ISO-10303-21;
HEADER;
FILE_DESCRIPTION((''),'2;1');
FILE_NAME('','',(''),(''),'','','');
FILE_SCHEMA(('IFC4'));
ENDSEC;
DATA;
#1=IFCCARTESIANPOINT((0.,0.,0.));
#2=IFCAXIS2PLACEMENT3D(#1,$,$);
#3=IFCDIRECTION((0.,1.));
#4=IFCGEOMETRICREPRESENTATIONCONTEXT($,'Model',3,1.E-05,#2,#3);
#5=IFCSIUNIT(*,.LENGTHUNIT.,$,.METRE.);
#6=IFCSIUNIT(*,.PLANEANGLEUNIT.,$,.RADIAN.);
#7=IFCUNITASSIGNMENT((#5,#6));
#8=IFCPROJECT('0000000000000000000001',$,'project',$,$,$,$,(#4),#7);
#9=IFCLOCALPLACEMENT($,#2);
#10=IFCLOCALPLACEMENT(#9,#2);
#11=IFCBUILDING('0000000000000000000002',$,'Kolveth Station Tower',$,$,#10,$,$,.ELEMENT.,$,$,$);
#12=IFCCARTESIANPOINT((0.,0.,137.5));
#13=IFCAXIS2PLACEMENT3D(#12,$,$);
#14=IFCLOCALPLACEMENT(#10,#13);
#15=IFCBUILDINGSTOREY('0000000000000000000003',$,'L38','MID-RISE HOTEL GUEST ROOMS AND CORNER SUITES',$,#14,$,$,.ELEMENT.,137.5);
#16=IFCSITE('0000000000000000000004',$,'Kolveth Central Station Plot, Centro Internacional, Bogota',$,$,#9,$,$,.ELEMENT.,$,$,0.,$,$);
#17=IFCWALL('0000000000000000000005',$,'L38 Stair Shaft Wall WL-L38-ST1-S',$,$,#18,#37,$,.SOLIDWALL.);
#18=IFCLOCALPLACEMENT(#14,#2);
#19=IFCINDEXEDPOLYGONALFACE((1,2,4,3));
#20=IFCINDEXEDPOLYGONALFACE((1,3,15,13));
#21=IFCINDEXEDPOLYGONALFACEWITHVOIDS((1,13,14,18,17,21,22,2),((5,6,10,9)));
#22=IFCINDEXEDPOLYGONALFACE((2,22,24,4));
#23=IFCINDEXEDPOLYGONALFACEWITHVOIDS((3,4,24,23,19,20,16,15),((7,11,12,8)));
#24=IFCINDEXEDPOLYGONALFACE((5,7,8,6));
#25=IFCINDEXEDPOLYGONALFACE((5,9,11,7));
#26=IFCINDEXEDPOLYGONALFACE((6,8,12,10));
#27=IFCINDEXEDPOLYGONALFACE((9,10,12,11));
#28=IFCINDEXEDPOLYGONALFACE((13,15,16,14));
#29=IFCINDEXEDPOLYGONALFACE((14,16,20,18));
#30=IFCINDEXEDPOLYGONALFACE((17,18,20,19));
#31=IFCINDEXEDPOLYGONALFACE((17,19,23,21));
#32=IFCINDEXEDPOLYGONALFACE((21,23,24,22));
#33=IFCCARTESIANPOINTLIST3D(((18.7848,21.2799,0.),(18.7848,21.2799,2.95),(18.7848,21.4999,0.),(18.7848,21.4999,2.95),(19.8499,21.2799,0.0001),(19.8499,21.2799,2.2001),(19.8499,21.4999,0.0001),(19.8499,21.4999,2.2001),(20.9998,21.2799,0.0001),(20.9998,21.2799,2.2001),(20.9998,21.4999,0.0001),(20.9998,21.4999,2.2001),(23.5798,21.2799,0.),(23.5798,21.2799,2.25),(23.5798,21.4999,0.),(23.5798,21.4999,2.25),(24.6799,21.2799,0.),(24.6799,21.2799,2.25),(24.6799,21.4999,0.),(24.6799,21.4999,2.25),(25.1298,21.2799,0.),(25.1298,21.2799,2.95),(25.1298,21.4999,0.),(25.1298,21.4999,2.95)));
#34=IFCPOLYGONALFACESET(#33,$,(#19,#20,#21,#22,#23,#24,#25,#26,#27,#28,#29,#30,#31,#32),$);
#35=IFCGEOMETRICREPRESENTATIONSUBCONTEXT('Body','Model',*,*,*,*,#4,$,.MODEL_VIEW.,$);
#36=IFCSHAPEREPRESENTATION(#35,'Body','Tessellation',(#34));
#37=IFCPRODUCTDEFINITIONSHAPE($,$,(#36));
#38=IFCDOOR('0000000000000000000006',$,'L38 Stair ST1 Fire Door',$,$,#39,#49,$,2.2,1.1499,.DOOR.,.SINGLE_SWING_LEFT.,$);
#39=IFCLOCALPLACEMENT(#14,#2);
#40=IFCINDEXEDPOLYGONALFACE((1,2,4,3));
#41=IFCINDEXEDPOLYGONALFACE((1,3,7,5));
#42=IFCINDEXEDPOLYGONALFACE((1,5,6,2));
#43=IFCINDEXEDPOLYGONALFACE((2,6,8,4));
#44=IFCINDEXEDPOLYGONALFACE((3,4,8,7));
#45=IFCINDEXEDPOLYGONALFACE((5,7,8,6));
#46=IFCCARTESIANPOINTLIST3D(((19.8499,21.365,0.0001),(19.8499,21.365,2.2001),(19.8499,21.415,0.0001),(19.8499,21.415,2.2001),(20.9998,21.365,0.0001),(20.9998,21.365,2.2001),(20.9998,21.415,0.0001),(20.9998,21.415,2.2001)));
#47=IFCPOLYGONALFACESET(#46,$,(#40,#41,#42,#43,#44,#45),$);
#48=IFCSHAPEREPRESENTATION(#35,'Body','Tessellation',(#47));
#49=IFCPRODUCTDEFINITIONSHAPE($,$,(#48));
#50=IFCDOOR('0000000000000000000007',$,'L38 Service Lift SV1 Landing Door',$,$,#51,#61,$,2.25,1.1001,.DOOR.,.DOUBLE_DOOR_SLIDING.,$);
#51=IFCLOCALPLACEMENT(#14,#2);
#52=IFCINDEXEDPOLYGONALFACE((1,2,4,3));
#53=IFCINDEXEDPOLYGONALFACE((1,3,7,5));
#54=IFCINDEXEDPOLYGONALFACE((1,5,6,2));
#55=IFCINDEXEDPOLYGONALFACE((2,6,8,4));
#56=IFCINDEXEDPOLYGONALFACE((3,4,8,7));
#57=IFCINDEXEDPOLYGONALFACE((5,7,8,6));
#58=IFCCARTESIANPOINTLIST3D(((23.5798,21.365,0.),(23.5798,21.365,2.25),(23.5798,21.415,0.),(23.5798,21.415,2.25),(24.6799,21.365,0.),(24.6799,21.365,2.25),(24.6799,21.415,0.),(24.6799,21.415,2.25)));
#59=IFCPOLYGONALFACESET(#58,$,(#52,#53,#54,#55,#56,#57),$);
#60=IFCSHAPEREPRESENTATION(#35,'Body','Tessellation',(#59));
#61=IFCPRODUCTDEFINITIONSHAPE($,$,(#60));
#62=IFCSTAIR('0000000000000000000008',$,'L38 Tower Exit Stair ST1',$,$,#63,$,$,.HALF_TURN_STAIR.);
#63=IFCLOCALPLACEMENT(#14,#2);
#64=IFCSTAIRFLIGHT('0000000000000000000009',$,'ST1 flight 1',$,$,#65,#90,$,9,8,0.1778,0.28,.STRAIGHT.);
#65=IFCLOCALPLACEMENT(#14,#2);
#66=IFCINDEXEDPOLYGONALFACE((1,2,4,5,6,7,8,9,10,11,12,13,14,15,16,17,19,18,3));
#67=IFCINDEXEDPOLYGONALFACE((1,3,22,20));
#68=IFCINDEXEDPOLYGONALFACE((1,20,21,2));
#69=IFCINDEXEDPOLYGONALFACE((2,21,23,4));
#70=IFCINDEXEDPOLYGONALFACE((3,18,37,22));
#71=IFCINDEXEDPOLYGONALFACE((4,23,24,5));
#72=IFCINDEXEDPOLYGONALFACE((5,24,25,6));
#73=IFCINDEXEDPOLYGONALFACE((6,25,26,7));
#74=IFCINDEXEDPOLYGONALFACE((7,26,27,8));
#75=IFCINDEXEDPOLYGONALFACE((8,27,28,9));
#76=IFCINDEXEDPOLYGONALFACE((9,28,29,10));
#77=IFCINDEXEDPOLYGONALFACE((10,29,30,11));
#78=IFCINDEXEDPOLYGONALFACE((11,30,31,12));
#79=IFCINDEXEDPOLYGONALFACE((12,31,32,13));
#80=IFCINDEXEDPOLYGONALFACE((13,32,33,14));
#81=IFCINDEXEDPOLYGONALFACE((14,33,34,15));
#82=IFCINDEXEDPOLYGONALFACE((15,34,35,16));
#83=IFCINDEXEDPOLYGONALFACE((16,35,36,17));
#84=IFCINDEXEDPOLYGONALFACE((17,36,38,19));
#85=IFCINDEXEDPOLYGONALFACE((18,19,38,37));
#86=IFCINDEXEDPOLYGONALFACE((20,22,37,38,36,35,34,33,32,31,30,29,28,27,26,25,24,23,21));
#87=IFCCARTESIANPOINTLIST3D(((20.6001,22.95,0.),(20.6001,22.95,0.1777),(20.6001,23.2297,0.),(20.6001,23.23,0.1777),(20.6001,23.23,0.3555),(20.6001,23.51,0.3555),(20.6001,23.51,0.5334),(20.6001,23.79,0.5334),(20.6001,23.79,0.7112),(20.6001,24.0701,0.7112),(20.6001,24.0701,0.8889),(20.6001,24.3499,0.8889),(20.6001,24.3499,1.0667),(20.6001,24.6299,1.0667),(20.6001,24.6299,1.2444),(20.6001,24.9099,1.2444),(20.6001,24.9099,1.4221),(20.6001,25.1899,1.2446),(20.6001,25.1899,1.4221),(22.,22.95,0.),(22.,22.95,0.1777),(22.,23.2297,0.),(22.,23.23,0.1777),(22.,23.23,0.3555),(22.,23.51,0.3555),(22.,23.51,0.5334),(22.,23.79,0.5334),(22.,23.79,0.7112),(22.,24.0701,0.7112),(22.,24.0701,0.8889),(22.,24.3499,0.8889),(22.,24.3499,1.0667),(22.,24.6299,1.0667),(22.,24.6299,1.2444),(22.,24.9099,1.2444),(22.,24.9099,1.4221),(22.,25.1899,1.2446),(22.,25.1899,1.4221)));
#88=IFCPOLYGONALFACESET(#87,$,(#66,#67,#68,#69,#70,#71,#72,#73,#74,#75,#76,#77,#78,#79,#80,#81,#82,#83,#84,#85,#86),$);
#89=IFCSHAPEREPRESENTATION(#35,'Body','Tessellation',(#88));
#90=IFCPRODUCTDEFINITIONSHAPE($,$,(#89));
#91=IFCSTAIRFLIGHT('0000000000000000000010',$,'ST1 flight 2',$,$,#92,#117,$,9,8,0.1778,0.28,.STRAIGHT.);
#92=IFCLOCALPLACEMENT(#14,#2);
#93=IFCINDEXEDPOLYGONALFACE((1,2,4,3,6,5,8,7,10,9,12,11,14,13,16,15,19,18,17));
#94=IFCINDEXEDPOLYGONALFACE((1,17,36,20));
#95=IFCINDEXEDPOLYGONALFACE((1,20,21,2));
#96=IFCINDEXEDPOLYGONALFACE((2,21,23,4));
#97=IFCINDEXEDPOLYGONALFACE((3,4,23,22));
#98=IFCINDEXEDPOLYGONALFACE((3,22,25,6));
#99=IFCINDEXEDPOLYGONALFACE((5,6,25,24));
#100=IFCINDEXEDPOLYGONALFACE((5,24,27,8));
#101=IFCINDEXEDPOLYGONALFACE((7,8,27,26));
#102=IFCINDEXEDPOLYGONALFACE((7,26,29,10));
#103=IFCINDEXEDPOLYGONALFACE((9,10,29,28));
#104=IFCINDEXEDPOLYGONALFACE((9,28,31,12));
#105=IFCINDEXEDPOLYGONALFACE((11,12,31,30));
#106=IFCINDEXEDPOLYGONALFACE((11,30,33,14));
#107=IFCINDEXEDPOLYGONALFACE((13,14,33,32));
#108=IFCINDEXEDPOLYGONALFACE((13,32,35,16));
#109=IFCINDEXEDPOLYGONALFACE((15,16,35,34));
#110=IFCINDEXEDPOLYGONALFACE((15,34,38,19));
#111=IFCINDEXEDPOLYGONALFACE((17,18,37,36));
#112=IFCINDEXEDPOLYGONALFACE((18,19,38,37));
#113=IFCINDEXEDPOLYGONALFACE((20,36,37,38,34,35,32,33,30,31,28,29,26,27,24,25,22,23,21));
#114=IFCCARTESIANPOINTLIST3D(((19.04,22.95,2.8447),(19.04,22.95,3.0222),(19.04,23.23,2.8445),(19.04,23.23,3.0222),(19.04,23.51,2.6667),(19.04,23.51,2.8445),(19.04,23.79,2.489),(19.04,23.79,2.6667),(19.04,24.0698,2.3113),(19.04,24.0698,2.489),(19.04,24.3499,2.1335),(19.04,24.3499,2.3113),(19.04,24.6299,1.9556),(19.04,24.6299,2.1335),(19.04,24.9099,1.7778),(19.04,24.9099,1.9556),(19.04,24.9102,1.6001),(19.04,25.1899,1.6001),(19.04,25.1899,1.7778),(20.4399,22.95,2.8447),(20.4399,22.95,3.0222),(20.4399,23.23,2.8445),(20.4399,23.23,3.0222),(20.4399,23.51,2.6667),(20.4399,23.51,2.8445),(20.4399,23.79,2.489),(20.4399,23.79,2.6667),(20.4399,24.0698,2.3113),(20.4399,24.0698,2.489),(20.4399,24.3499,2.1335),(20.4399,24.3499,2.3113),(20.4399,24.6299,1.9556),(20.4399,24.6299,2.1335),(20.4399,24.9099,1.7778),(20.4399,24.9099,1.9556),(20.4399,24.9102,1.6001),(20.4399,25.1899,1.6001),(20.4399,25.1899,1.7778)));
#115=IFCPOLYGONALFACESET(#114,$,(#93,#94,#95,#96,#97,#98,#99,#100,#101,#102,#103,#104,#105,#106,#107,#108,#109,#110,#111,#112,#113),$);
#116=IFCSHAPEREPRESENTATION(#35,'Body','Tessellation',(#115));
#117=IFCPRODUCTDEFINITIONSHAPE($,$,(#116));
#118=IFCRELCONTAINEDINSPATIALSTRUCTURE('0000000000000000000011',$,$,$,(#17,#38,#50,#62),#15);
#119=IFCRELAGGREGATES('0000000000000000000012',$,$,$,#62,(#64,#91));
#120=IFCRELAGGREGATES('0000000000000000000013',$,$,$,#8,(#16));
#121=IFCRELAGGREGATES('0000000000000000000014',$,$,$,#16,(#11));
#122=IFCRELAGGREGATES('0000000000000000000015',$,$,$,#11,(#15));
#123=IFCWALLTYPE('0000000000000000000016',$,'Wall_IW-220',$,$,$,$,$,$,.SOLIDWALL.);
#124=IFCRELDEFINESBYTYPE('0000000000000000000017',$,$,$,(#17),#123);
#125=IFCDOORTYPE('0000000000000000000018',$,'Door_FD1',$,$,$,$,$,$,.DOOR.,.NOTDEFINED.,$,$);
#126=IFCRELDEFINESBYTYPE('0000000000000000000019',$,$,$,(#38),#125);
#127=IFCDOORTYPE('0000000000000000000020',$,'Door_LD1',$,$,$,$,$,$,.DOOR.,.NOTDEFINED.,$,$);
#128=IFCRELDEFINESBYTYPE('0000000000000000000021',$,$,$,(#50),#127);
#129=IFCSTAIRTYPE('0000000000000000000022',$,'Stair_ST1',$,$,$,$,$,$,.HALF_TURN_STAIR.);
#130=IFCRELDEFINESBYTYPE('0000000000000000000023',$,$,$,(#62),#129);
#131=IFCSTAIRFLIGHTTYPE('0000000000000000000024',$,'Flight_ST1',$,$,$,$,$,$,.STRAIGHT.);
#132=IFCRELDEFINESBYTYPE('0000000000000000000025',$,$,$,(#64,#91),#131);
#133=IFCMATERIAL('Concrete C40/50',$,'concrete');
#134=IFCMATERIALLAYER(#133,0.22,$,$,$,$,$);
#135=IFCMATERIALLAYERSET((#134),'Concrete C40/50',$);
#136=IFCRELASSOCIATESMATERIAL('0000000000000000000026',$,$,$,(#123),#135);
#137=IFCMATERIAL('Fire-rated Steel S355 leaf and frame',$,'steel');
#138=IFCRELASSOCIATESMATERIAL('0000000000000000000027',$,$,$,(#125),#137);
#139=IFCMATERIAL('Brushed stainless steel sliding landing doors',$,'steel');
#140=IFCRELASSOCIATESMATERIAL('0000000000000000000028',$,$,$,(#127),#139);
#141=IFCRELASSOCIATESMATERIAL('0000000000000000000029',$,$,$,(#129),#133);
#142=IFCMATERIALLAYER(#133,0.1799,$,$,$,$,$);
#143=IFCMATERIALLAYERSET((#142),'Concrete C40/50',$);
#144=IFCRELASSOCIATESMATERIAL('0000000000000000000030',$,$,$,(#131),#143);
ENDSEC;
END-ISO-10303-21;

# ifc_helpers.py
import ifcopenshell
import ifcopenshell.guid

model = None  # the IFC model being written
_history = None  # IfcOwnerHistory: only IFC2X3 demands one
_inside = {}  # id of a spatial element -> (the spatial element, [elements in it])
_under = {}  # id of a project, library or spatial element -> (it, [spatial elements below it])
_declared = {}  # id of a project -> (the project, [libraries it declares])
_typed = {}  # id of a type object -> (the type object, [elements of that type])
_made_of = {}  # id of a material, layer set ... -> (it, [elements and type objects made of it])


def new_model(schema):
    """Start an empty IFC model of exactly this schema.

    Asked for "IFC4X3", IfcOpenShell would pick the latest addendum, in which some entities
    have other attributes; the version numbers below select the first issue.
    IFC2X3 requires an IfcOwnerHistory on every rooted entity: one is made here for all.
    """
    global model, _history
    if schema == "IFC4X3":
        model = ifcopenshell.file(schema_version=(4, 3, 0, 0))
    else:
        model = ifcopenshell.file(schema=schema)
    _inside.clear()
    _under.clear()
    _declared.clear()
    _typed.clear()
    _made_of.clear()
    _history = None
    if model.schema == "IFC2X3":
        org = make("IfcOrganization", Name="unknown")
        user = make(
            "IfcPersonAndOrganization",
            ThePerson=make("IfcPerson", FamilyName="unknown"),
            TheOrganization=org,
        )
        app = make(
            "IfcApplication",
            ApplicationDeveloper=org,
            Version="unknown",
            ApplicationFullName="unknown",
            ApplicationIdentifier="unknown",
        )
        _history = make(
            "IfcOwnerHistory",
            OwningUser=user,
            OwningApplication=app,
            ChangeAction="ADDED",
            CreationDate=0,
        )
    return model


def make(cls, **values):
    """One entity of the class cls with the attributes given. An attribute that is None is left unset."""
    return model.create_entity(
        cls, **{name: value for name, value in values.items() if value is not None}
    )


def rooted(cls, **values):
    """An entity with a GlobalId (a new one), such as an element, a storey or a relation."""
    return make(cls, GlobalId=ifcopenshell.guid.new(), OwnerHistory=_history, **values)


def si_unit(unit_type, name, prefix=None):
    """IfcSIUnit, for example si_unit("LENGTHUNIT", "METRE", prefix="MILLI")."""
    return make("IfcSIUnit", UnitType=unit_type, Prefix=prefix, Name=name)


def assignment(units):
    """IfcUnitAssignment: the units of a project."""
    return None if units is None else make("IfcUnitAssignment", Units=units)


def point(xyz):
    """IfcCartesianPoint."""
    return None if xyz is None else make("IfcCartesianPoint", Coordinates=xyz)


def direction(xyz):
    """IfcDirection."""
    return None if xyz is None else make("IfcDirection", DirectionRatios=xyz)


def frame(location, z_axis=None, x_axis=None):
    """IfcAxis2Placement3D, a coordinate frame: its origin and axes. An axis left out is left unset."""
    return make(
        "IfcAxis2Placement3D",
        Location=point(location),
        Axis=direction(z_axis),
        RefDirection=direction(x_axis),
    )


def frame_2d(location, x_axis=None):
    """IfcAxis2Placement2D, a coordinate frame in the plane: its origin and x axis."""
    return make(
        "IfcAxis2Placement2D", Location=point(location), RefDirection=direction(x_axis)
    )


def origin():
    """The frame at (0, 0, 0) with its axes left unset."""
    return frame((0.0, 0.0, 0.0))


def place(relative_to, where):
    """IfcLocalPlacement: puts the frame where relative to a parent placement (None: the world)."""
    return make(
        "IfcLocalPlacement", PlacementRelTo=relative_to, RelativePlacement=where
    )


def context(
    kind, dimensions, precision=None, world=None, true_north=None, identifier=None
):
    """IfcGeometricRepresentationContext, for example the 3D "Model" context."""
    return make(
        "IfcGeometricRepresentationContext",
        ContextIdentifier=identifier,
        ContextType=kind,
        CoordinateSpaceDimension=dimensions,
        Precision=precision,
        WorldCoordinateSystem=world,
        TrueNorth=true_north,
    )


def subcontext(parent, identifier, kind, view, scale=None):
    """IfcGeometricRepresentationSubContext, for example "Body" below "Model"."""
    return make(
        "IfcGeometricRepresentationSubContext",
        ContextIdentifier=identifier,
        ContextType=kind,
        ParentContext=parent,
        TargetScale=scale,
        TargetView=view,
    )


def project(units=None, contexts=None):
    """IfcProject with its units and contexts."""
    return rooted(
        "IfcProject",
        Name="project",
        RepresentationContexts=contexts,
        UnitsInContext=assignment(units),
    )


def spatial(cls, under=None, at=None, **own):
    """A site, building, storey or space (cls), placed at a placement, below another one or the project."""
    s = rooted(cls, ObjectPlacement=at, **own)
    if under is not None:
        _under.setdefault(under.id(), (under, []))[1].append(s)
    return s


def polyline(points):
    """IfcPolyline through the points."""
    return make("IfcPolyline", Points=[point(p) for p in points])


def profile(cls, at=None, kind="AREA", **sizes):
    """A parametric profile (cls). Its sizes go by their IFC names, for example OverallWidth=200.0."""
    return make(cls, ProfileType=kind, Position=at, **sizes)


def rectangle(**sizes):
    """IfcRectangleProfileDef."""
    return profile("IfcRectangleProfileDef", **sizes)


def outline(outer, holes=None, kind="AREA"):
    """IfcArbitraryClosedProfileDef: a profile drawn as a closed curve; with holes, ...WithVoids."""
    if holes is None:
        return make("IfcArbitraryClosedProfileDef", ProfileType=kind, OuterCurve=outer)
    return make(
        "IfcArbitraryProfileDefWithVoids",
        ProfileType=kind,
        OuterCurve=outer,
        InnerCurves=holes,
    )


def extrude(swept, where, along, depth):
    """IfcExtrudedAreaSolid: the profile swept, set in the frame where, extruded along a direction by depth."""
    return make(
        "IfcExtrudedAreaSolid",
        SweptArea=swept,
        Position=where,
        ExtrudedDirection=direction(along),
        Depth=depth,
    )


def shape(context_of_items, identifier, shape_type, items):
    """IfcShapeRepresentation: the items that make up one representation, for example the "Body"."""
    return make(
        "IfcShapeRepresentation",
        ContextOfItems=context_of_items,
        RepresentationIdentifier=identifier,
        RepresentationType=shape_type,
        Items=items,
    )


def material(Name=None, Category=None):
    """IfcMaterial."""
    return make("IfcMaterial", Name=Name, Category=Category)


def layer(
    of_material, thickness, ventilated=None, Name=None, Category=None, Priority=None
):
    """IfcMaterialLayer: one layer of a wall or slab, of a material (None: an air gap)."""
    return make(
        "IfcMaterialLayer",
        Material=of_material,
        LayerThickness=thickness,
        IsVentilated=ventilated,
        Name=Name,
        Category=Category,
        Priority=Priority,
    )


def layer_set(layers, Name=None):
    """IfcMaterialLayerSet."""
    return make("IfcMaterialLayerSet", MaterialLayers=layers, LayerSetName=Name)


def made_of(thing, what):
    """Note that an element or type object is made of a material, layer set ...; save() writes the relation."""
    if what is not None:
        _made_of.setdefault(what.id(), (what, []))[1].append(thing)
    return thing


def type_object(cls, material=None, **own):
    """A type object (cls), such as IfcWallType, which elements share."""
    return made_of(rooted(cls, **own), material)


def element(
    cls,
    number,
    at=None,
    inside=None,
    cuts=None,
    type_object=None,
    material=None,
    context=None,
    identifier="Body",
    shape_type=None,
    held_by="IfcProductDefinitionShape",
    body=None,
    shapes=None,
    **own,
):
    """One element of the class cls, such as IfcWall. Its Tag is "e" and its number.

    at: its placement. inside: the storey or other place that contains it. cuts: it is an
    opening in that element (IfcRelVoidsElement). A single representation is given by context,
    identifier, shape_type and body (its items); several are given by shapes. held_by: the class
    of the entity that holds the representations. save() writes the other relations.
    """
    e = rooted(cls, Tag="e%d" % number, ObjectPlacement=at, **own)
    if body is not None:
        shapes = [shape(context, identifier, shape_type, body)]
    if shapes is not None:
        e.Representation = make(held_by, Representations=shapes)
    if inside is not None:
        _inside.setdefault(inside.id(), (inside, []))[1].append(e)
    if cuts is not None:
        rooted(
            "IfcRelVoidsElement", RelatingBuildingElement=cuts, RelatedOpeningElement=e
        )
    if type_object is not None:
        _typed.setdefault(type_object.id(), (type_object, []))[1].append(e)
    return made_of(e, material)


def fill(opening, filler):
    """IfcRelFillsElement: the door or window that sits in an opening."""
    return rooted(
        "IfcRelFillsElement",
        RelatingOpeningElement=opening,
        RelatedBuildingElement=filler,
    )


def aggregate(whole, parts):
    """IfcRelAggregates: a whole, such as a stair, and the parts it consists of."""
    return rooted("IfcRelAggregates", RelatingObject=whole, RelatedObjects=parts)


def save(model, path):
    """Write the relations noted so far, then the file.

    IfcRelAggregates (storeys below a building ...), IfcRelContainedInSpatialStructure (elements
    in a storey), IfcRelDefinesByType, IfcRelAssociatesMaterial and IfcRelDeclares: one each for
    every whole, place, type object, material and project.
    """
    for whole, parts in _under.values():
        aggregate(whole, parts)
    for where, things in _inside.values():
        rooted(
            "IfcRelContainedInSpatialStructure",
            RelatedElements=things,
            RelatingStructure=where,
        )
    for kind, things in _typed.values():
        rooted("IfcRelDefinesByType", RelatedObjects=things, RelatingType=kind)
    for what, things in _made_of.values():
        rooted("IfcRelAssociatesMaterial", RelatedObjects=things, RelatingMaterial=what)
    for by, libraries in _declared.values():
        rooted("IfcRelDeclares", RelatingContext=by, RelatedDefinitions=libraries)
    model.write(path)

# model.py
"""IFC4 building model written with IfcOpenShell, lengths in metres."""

from ifc_helpers import new_model, si_unit, direction, frame, frame_2d, origin, place, context, subcontext, project, spatial, polyline, rectangle, outline, extrude, material, layer, layer_set, type_object, element, fill, aggregate, save


model = new_model("IFC4")

# Units and contexts
model_context = context("Model", 3, precision=1e-05, world=origin(), true_north=direction((0.0, 1.0)))
body_context = subcontext(model_context, "Body", "Model", "MODEL_VIEW")
ifc_project = project(units=[si_unit("LENGTHUNIT", "METRE"), si_unit("PLANEANGLEUNIT", "RADIAN")], contexts=[model_context])

# Site, building, storey
site_placement = place(None, origin())
site = spatial("IfcSite", under=ifc_project, at=site_placement, Name="Kolveth Central Station Plot, Centro Internacional, Bogota", CompositionType="ELEMENT", RefElevation=0.0)
building_placement = place(site_placement, origin())
building = spatial("IfcBuilding", under=site, at=building_placement, Name="Kolveth Station Tower", CompositionType="ELEMENT")
storey_placement = place(building_placement, frame((0.0, 0.0, 137.5)))
storey = spatial("IfcBuildingStorey", under=building, at=storey_placement, Name="L38", Description="MID-RISE HOTEL GUEST ROOMS AND CORNER SUITES", CompositionType="ELEMENT", Elevation=137.5)

# Shared definitions
ifc_material_1 = material(Name="Concrete C40/50", Category="concrete")
ifc_layer_1 = layer(ifc_material_1, 0.22)
ifc_layer_set_1 = layer_set([ifc_layer_1], Name="Concrete C40/50")
wall_type_1 = type_object("IfcWallType", Name="Wall_IW-220", PredefinedType="SOLIDWALL", material=ifc_layer_set_1)

# Wall, openings, doors
wall_1_placement = place(storey_placement, frame((18.7849, 21.3899, 0.0), z_axis=(0.0, 0.0, 1.0), x_axis=(1.0, 0.0, 0.0)))
wall_1 = element("IfcWall", 1, at=wall_1_placement, inside=storey, type_object=wall_type_1, Name="L38 Stair Shaft Wall WL-L38-ST1-S", PredefinedType="SOLIDWALL", context=body_context, shape_type="SweptSolid", body=[
    extrude(rectangle(XDim=6.345, YDim=0.22, at=frame_2d((3.1724, 0.0))), origin(), (0.0, 0.0, 1.0), 2.95),
])
opening_1_placement = place(wall_1_placement, frame((1.0649, 0.0, 0.0)))
opening_1 = element("IfcOpeningElement", 2, at=opening_1_placement, cuts=wall_1, PredefinedType="OPENING", context=body_context, shape_type="SweptSolid", body=[
    extrude(rectangle(XDim=1.1499, YDim=2.2, at=frame_2d((0.575, 1.1001))), frame((0.0, 0.1199, 0.0), z_axis=(0.0, -1.0, 0.0), x_axis=(1.0, 0.0, 0.0)), (0.0, 0.0, 1.0), 0.24),
])
opening_2_placement = place(wall_1_placement, frame((4.7949, 0.0, 0.0)))
opening_2 = element("IfcOpeningElement", 3, at=opening_2_placement, cuts=wall_1, PredefinedType="OPENING", context=body_context, shape_type="SweptSolid", body=[
    extrude(rectangle(XDim=1.1001, YDim=2.25, at=frame_2d((0.55, 1.125))), frame((0.0, 0.1199, 0.0), z_axis=(0.0, -1.0, 0.0), x_axis=(1.0, 0.0, 0.0)), (0.0, 0.0, 1.0), 0.24),
])
ifc_material_2 = material(Name="Fire-rated Steel S355 leaf and frame", Category="steel")
door_type_1 = type_object("IfcDoorType", Name="Door_FD1", OperationType="NOTDEFINED", PredefinedType="DOOR", material=ifc_material_2)
door_1_placement = place(opening_1_placement, frame((1.1499, 0.0, 0.0), z_axis=(0.0, 0.0, 1.0), x_axis=(-1.0, 0.0, 0.0)))
door_1 = element("IfcDoor", 4, at=door_1_placement, inside=storey, type_object=door_type_1, Name="L38 Stair ST1 Fire Door", OperationType="SINGLE_SWING_LEFT", OverallHeight=2.2, OverallWidth=1.1499, PredefinedType="DOOR", context=body_context, shape_type="SweptSolid", body=[
    extrude(rectangle(XDim=1.1499, YDim=2.2, at=frame_2d((0.575, 1.1001))), frame((0.0, 0.0249, 0.0), z_axis=(0.0, -1.0, 0.0), x_axis=(1.0, 0.0, 0.0)), (0.0, 0.0, 1.0), 0.05),
])
fill(opening_1, door_1)
ifc_material_3 = material(Name="Brushed stainless steel sliding landing doors", Category="steel")
door_type_2 = type_object("IfcDoorType", Name="Door_LD1", OperationType="NOTDEFINED", PredefinedType="DOOR", material=ifc_material_3)
door_2_placement = place(opening_2_placement, frame((1.1001, 0.0, 0.0), z_axis=(0.0, 0.0, 1.0), x_axis=(-1.0, 0.0, 0.0)))
door_2 = element("IfcDoor", 5, at=door_2_placement, inside=storey, type_object=door_type_2, Name="L38 Service Lift SV1 Landing Door", OperationType="DOUBLE_DOOR_SLIDING", OverallHeight=2.25, OverallWidth=1.1001, PredefinedType="DOOR", context=body_context, shape_type="SweptSolid", body=[
    extrude(rectangle(XDim=1.1001, YDim=2.25, at=frame_2d((0.55, 1.125))), frame((0.0, 0.0249, 0.0), z_axis=(0.0, -1.0, 0.0), x_axis=(1.0, 0.0, 0.0)), (0.0, 0.0, 1.0), 0.05),
])
fill(opening_2, door_2)

# Stair, stair flights
stair_type = type_object("IfcStairType", Name="Stair_ST1", PredefinedType="HALF_TURN_STAIR", material=ifc_material_1)
stair_placement = place(storey_placement, origin())
stair = element("IfcStair", 6, at=stair_placement, inside=storey, type_object=stair_type, Name="L38 Tower Exit Stair ST1", PredefinedType="HALF_TURN_STAIR")
ifc_layer_2 = layer(ifc_material_1, 0.1799)
ifc_layer_set_2 = layer_set([ifc_layer_2], Name="Concrete C40/50")
stair_flight_type = type_object("IfcStairFlightType", Name="Flight_ST1", PredefinedType="STRAIGHT", material=ifc_layer_set_2)
stair_flight_1_placement = place(storey_placement, frame((21.3, 22.95, 0.0), z_axis=(0.0, 0.0, 1.0), x_axis=(0.0, 1.0, 0.0)))
stair_flight_1 = element("IfcStairFlight", 7, at=stair_flight_1_placement, type_object=stair_flight_type, Name="ST1 flight 1", NumberOfRisers=9, NumberOfTreads=8, PredefinedType="STRAIGHT", RiserHeight=0.1778, TreadLength=0.28, context=body_context, shape_type="SweptSolid", body=[
    extrude(outline(polyline([(0.0, 0.0), (0.0, 0.1777), (0.28, 0.1777), (0.28, 0.3555), (0.5601, 0.3555), (0.5601, 0.5334), (0.8401, 0.5334), (0.8401, 0.7112), (1.1201, 0.7112), (1.1201, 0.8889), (1.3999, 0.8889), (1.3999, 1.0667), (1.6799, 1.0667), (1.6799, 1.2444), (1.96, 1.2444), (1.96, 1.4221), (2.24, 1.4221), (2.24, 1.6001), (2.24, 1.2446), (0.2798, 0.0), (0.0, 0.0)])), frame((0.0, 0.7, 0.0), z_axis=(0.0, -1.0, 0.0), x_axis=(1.0, 0.0, 0.0)), (0.0, 0.0, 1.0), 1.3999),
])
stair_flight_2_placement = place(storey_placement, frame((19.74, 25.1899, 1.6001), z_axis=(0.0, 0.0, 1.0), x_axis=(0.0, -1.0, 0.0)))
stair_flight_2 = element("IfcStairFlight", 8, at=stair_flight_2_placement, type_object=stair_flight_type, Name="ST1 flight 2", NumberOfRisers=9, NumberOfTreads=8, PredefinedType="STRAIGHT", RiserHeight=0.1778, TreadLength=0.28, context=body_context, shape_type="SweptSolid", body=[
    extrude(outline(polyline([(0.0, 0.0), (0.0, 0.1777), (0.28, 0.1777), (0.28, 0.3555), (0.5601, 0.3555), (0.5601, 0.5334), (0.8401, 0.5334), (0.8401, 0.7112), (1.1201, 0.7112), (1.1201, 0.8889), (1.3999, 0.8889), (1.3999, 1.0667), (1.6799, 1.0667), (1.6799, 1.2444), (1.96, 1.2444), (1.96, 1.4221), (2.24, 1.4221), (2.24, 1.6001), (2.24, 1.2446), (0.2798, 0.0), (0.0, 0.0)])), frame((0.0, 0.7, 0.0), z_axis=(0.0, -1.0, 0.0), x_axis=(1.0, 0.0, 0.0)), (0.0, 0.0, 1.0), 1.3999),
])
aggregate(stair, [stair_flight_1, stair_flight_2])

save(model, "model.ifc")
